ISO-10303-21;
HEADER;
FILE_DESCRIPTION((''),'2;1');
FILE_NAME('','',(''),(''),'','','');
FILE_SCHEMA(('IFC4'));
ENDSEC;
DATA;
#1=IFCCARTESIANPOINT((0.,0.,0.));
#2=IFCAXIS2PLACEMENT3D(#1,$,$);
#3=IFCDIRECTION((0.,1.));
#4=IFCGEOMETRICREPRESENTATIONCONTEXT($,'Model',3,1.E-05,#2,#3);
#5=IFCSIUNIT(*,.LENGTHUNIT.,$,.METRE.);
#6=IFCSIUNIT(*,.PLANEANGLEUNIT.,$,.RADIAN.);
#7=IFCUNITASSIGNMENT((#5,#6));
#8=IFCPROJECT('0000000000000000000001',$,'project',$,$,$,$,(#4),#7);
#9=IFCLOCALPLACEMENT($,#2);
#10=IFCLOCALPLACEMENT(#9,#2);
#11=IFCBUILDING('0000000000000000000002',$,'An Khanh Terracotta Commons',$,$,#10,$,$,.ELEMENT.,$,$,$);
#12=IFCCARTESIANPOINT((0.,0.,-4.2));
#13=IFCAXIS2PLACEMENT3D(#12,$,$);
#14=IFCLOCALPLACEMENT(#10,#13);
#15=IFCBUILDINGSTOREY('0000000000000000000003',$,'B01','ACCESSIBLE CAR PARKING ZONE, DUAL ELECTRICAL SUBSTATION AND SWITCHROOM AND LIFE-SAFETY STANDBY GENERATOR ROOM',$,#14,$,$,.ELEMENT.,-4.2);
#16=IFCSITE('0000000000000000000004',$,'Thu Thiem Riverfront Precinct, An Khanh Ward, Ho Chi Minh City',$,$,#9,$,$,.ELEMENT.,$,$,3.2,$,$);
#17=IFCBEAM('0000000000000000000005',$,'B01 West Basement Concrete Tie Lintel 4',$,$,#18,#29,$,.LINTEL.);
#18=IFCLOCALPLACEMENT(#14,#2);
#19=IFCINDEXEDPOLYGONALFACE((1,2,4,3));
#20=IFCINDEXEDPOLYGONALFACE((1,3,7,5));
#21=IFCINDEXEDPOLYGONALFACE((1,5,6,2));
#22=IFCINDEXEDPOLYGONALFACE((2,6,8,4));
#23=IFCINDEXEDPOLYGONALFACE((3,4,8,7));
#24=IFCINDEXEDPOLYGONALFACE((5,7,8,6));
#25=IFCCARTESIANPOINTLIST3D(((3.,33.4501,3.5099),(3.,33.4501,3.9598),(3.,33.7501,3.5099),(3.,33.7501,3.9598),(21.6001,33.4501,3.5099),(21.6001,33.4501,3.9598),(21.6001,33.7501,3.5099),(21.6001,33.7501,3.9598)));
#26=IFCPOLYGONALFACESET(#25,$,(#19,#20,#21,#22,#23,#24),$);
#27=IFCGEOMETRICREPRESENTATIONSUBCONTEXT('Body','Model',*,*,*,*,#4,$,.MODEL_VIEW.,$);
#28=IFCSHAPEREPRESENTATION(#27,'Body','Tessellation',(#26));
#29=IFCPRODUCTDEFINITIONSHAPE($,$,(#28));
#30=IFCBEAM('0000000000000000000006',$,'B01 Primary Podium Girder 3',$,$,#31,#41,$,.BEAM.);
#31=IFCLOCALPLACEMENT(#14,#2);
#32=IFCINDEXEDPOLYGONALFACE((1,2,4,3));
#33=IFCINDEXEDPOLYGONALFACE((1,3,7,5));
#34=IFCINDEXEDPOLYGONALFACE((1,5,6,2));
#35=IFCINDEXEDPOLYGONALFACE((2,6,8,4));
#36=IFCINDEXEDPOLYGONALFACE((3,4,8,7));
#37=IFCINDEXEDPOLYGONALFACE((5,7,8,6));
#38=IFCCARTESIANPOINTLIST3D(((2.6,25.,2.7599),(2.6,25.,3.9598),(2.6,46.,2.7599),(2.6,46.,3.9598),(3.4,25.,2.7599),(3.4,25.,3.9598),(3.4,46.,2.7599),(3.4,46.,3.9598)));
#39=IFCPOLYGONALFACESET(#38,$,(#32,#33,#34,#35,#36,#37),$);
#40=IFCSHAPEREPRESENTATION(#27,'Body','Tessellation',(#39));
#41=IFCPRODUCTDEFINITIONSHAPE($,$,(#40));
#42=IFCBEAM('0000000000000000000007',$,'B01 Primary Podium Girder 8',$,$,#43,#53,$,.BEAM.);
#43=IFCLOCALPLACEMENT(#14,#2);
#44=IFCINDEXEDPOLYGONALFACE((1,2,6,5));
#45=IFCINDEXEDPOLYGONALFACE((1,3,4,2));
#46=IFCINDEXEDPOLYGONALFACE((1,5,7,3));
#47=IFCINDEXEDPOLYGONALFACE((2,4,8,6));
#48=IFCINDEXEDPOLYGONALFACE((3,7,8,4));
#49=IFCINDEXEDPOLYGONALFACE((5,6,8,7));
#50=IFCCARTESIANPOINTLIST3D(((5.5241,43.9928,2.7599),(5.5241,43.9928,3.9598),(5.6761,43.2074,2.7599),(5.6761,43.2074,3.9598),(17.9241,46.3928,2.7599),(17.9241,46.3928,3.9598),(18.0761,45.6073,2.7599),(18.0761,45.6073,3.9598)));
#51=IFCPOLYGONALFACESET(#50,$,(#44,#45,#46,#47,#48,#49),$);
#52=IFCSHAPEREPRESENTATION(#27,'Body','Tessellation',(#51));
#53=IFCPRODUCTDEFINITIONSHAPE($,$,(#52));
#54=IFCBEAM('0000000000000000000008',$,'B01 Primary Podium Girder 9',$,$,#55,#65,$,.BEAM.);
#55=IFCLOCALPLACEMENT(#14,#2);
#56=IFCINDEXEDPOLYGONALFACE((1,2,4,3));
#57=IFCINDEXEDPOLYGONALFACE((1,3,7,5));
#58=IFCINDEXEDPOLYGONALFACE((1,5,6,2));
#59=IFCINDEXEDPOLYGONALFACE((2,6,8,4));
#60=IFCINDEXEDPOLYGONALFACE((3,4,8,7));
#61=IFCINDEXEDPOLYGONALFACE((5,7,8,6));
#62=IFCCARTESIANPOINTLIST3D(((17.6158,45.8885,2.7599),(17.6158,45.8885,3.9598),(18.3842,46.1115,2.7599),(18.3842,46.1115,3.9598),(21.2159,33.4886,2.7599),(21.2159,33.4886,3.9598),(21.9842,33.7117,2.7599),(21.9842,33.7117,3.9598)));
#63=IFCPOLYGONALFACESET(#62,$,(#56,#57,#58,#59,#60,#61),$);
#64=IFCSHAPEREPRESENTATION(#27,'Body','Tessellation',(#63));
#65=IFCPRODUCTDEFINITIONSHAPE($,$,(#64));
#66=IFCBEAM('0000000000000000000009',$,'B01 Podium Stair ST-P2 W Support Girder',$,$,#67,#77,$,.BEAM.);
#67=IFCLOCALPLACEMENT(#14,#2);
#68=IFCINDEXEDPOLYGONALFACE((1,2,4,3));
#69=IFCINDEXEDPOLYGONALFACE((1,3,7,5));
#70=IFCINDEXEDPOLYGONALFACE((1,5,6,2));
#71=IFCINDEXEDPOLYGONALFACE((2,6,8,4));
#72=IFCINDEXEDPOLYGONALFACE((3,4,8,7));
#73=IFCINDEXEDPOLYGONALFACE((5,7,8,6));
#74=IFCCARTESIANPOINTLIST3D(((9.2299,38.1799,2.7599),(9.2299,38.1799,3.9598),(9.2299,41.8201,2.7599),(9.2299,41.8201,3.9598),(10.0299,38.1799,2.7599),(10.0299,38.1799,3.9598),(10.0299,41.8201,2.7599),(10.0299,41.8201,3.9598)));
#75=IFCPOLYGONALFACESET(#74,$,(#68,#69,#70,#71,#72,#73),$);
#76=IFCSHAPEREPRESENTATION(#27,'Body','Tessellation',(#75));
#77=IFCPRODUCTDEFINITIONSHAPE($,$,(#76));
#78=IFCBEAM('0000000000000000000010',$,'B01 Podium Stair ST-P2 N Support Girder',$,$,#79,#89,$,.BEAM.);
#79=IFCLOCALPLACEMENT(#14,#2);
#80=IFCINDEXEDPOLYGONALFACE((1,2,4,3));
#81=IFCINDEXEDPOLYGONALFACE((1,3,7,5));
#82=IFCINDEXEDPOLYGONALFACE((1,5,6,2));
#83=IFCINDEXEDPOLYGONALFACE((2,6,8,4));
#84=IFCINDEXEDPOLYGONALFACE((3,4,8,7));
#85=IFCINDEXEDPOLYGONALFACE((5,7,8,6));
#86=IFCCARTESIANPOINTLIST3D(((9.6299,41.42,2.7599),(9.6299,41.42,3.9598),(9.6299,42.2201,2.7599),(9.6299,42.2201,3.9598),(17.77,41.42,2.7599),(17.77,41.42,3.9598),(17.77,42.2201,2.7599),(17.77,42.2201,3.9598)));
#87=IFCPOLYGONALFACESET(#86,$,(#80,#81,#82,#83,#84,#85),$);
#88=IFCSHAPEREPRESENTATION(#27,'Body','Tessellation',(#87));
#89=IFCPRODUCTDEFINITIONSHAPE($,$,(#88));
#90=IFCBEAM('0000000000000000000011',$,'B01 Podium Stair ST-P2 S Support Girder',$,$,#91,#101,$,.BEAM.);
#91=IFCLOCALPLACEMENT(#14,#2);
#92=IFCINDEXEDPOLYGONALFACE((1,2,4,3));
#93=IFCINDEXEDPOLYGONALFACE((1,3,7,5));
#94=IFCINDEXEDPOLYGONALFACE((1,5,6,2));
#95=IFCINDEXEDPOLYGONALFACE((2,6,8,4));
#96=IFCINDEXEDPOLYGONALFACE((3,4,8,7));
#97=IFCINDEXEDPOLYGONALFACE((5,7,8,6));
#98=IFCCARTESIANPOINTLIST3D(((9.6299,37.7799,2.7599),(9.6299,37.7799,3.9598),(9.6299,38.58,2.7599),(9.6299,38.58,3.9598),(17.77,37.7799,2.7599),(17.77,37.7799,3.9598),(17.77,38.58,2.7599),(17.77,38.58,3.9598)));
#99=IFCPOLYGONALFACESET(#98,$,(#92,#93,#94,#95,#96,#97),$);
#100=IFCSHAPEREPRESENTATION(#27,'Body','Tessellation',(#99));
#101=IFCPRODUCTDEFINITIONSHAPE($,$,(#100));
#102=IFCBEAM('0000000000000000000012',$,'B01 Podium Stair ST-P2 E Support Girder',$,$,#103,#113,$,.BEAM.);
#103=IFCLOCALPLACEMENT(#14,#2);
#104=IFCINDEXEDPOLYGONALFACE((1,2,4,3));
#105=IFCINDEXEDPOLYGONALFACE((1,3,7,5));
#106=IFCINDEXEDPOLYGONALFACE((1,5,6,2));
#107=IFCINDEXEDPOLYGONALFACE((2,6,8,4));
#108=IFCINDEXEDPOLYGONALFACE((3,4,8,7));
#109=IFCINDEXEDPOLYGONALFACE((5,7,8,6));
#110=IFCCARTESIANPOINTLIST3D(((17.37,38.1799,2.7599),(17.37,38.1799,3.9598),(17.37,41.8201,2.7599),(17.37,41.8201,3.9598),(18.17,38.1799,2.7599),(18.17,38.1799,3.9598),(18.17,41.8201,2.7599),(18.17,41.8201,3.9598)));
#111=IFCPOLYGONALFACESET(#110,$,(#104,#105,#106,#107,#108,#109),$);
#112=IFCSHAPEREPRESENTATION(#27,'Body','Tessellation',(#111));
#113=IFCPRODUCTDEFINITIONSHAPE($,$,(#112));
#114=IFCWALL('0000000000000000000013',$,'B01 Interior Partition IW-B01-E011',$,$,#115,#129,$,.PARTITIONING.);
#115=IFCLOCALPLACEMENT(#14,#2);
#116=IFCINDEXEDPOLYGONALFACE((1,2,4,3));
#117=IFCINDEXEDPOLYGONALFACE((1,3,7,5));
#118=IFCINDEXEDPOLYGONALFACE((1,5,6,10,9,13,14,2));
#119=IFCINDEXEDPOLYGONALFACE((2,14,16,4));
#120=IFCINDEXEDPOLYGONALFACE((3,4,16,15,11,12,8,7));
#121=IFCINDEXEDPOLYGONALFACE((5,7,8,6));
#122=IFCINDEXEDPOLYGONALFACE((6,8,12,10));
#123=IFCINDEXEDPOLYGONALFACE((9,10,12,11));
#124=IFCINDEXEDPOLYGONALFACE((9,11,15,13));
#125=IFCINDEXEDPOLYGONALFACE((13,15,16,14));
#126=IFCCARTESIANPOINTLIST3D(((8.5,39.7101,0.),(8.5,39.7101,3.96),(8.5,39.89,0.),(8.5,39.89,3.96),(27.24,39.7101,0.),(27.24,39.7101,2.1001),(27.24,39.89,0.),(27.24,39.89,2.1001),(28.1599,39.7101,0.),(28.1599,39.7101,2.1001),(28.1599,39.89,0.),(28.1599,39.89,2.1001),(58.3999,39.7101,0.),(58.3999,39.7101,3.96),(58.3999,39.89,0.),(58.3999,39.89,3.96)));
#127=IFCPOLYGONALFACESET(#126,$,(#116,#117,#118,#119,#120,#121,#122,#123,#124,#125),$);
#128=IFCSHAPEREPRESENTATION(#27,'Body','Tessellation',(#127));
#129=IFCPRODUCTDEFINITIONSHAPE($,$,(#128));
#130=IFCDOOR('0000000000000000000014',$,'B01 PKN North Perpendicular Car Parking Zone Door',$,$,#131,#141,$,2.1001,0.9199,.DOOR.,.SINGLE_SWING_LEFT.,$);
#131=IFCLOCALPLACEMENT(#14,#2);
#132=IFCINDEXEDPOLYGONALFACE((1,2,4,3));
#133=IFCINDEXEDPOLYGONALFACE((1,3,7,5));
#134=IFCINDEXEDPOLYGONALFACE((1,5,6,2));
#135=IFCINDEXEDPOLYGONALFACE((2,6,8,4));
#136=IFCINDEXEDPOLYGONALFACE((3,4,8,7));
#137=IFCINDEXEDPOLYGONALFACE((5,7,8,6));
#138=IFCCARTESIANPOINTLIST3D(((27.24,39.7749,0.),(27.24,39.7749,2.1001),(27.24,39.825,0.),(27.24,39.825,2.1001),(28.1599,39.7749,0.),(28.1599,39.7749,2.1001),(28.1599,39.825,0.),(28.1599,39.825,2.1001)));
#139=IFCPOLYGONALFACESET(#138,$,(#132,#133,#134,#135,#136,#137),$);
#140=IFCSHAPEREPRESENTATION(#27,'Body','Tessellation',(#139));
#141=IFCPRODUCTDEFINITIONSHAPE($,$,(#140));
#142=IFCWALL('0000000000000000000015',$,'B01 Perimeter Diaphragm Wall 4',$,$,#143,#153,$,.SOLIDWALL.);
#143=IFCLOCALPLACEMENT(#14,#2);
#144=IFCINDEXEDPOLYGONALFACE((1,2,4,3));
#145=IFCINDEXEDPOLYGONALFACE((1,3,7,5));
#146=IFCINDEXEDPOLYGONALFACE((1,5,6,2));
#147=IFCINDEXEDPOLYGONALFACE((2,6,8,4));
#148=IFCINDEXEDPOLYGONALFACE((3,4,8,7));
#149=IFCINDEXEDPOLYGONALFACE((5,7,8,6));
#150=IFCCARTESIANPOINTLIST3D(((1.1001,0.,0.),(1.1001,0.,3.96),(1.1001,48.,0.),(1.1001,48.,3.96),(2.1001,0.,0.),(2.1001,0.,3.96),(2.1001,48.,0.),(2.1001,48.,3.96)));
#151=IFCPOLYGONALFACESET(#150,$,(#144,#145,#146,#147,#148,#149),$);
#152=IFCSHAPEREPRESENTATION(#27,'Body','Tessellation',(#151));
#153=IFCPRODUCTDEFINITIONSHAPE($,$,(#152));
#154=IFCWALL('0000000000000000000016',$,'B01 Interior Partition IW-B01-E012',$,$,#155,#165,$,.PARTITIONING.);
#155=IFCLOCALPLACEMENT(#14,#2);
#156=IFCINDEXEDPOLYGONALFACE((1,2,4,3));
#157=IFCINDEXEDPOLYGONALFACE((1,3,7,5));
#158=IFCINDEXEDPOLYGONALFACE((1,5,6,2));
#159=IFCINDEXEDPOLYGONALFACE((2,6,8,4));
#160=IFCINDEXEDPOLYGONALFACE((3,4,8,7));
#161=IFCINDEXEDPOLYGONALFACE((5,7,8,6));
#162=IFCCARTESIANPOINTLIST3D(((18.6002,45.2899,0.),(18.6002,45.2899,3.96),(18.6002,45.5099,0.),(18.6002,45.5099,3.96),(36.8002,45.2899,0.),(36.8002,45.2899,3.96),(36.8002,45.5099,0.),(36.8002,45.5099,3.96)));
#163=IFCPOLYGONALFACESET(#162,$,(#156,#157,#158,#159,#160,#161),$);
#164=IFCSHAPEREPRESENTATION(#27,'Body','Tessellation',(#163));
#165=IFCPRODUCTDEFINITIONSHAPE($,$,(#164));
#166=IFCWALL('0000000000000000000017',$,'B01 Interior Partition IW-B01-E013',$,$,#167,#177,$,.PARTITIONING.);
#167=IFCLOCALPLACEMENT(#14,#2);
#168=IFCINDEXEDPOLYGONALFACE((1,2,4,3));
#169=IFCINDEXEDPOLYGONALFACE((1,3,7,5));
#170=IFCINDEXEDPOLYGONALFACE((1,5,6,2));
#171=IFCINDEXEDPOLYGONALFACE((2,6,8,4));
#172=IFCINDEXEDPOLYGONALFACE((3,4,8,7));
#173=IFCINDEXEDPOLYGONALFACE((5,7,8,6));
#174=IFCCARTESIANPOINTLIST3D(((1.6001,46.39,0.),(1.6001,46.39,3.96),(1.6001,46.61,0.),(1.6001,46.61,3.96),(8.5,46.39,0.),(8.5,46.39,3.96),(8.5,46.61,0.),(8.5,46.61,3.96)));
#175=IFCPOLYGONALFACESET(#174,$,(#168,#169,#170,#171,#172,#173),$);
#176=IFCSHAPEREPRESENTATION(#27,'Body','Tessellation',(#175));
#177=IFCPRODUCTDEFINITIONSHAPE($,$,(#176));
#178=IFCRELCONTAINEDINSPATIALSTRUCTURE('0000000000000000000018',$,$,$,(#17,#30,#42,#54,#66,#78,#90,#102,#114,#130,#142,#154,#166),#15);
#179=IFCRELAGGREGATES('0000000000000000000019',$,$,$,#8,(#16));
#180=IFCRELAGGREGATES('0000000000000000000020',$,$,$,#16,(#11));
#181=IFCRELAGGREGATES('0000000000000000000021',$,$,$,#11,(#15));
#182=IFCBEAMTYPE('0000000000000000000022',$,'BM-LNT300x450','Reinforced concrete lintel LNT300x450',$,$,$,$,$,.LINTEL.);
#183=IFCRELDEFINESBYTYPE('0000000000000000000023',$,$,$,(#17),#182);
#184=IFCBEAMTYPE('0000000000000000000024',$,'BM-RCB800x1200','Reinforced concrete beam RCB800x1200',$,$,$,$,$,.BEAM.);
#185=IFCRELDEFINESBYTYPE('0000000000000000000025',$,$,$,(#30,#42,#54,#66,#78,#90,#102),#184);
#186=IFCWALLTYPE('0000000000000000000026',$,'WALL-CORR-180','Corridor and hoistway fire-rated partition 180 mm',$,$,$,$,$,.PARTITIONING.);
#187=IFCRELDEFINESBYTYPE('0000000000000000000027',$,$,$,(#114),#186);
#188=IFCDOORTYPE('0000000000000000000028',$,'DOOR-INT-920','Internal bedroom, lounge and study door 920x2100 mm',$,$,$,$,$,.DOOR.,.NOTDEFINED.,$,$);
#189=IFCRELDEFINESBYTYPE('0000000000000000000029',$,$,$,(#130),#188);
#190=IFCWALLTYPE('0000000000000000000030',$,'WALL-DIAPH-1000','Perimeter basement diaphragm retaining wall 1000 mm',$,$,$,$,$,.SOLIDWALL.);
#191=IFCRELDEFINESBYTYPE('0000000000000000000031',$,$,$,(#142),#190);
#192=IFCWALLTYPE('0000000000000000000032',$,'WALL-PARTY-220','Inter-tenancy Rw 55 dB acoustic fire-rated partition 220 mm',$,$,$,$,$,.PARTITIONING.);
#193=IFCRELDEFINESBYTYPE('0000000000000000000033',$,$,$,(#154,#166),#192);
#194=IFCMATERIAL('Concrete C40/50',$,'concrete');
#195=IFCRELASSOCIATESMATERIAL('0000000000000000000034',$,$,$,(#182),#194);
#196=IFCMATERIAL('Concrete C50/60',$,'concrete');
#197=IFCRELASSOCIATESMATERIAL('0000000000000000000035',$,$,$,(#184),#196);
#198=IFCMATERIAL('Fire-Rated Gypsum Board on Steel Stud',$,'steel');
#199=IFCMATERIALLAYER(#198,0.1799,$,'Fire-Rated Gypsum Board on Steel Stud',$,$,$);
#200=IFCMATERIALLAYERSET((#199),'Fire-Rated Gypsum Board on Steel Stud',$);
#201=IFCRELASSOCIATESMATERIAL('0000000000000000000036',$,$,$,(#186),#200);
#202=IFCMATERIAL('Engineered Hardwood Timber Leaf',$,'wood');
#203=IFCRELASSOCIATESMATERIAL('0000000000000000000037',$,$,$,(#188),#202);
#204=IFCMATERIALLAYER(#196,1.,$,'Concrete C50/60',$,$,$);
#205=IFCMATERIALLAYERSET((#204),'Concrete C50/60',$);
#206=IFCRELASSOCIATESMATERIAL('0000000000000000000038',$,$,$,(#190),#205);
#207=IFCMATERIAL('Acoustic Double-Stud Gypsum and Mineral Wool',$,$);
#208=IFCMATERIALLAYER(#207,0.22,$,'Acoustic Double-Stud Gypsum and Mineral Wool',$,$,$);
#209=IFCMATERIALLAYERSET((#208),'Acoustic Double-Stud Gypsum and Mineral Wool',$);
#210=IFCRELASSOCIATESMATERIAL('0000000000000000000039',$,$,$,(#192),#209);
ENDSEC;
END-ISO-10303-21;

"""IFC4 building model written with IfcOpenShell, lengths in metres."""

from ifc_helpers import new_model, si_unit, direction, frame, frame_2d, origin, origin_2d, place, context, subcontext, project, spatial, rectangle, extrude, material, layer, layer_set, material_profile, profile_set, type_object, element, fill, save


model = new_model("IFC4")

# Units and contexts
model_context = context("Model", 3, precision=1e-05, world=origin(), true_north=direction((0.0, 1.0)))
body_context = subcontext(model_context, "Body", "Model", "MODEL_VIEW")
ifc_project = project(units=[si_unit("LENGTHUNIT", "METRE"), si_unit("PLANEANGLEUNIT", "RADIAN")], contexts=[model_context])

# Site, building, storey
site_placement = place(None, origin())
site = spatial("IfcSite", under=ifc_project, at=site_placement, Name="Thu Thiem Riverfront Precinct, An Khanh Ward, Ho Chi Minh City", CompositionType="ELEMENT", RefElevation=3.2)
building_placement = place(site_placement, origin())
building = spatial("IfcBuilding", under=site, at=building_placement, Name="An Khanh Terracotta Commons", CompositionType="ELEMENT")
storey_placement = place(building_placement, frame((0.0, 0.0, -4.2)))
storey = spatial("IfcBuildingStorey", under=building, at=storey_placement, Name="B01", Description="ACCESSIBLE CAR PARKING ZONE, DUAL ELECTRICAL SUBSTATION AND SWITCHROOM AND LIFE-SAFETY STANDBY GENERATOR ROOM", CompositionType="ELEMENT", Elevation=-4.2)

# Beams
ifc_material_1 = material(Name="Concrete C40/50", Category="concrete")
ifc_material_profile_1 = material_profile(ifc_material_1, rectangle(XDim=0.3, YDim=0.45, at=origin_2d()), Name="LNT300x450")
ifc_profile_set_1 = profile_set([ifc_material_profile_1], Name="Concrete C40/50")
beam_type_1 = type_object("IfcBeamType", Name="BM-LNT300x450", Description="Reinforced concrete lintel LNT300x450", PredefinedType="LINTEL", material=ifc_profile_set_1)
for number, where, z_axis, x_axis, name in (
    (1, (3.0, 33.6001, 3.7349), (1.0, 0.0, 0.0), (0.0, 1.0, 0.0), "B01 West Basement Concrete Tie Lintel 4"),
):
    element("IfcBeam", number, at=place(storey_placement, frame(where, z_axis=z_axis, x_axis=x_axis)), inside=storey, type_object=beam_type_1, Name=name, PredefinedType="LINTEL", context=body_context, shape_type="SweptSolid", body=[
        extrude(rectangle(XDim=0.3, YDim=0.45, at=origin_2d()), origin(), (0.0, 0.0, 1.0), 18.6001),
    ])
ifc_material_2 = material(Name="Concrete C50/60", Category="concrete")
ifc_material_profile_2 = material_profile(ifc_material_2, rectangle(XDim=0.8, YDim=1.2, at=origin_2d()), Name="RCB800x1200")
ifc_profile_set_2 = profile_set([ifc_material_profile_2], Name="Concrete C50/60")
beam_type_2 = type_object("IfcBeamType", Name="BM-RCB800x1200", Description="Reinforced concrete beam RCB800x1200", PredefinedType="BEAM", material=ifc_profile_set_2)
beam_1_placement = place(storey_placement, frame((3.0, 25.0, 3.3599), z_axis=(0.0, 1.0, 0.0), x_axis=(-1.0, 0.0, 0.0)))
element("IfcBeam", 2, at=beam_1_placement, inside=storey, type_object=beam_type_2, Name="B01 Primary Podium Girder 3", PredefinedType="BEAM", context=body_context, shape_type="SweptSolid", body=[
    extrude(rectangle(XDim=0.8, YDim=1.2, at=origin_2d()), origin(), (0.0, 0.0, 1.0), 21.0),
])
beam_2_placement = place(storey_placement, frame((5.6001, 43.6001, 3.3599), z_axis=(0.981781, 0.190016, 0.0), x_axis=(-0.190016, 0.981781, 0.0)))
element("IfcBeam", 3, at=beam_2_placement, inside=storey, type_object=beam_type_2, Name="B01 Primary Podium Girder 8", PredefinedType="BEAM", context=body_context, shape_type="SweptSolid", body=[
    extrude(rectangle(XDim=0.8, YDim=1.2, at=origin_2d()), origin(), (0.0, 0.0, 1.0), 12.6301),
])
beam_3_placement = place(storey_placement, frame((18.0, 46.0, 3.3599), z_axis=(0.278819, -0.960344, 0.0), x_axis=(0.960344, 0.278819, 0.0)))
element("IfcBeam", 4, at=beam_3_placement, inside=storey, type_object=beam_type_2, Name="B01 Primary Podium Girder 9", PredefinedType="BEAM", context=body_context, shape_type="SweptSolid", body=[
    extrude(rectangle(XDim=0.8, YDim=1.2, at=origin_2d()), origin(), (0.0, 0.0, 1.0), 12.9119),
])
beam_4_placement = place(storey_placement, frame((9.6299, 38.1799, 3.3599), z_axis=(0.0, 1.0, 0.0), x_axis=(-1.0, 0.0, 0.0)))
element("IfcBeam", 5, at=beam_4_placement, inside=storey, type_object=beam_type_2, Name="B01 Podium Stair ST-P2 W Support Girder", PredefinedType="BEAM", context=body_context, shape_type="SweptSolid", body=[
    extrude(rectangle(XDim=0.8, YDim=1.2, at=origin_2d()), origin(), (0.0, 0.0, 1.0), 3.6401),
])
for number, where, z_axis, x_axis, name in (
    (6, (9.6299, 41.8201, 3.3599), (1.0, 0.0, 0.0), (0.0, 1.0, 0.0), "B01 Podium Stair ST-P2 N Support Girder"),
    (7, (17.77, 38.1799, 3.3599), (-1.0, 0.0, 0.0), (0.0, -1.0, 0.0), "B01 Podium Stair ST-P2 S Support Girder"),
):
    element("IfcBeam", number, at=place(storey_placement, frame(where, z_axis=z_axis, x_axis=x_axis)), inside=storey, type_object=beam_type_2, Name=name, PredefinedType="BEAM", context=body_context, shape_type="SweptSolid", body=[
        extrude(rectangle(XDim=0.8, YDim=1.2, at=origin_2d()), origin(), (0.0, 0.0, 1.0), 8.1401),
    ])
beam_5_placement = place(storey_placement, frame((17.77, 38.1799, 3.3599), z_axis=(0.0, 1.0, 0.0), x_axis=(-1.0, 0.0, 0.0)))
element("IfcBeam", 8, at=beam_5_placement, inside=storey, type_object=beam_type_2, Name="B01 Podium Stair ST-P2 E Support Girder", PredefinedType="BEAM", context=body_context, shape_type="SweptSolid", body=[
    extrude(rectangle(XDim=0.8, YDim=1.2, at=origin_2d()), origin(), (0.0, 0.0, 1.0), 3.6401),
])

# Wall, opening, door
ifc_material_3 = material(Name="Fire-Rated Gypsum Board on Steel Stud", Category="steel")
ifc_layer_1 = layer(ifc_material_3, 0.1799, Name="Fire-Rated Gypsum Board on Steel Stud")
ifc_layer_set_1 = layer_set([ifc_layer_1], Name="Fire-Rated Gypsum Board on Steel Stud")
wall_type_1 = type_object("IfcWallType", Name="WALL-CORR-180", Description="Corridor and hoistway fire-rated partition 180 mm", PredefinedType="PARTITIONING", material=ifc_layer_set_1)
wall_1_placement = place(storey_placement, frame((8.5, 39.8, 0.0), z_axis=(0.0, 0.0, 1.0), x_axis=(1.0, 0.0, 0.0)))
wall_1 = element("IfcWall", 9, at=wall_1_placement, inside=storey, type_object=wall_type_1, Name="B01 Interior Partition IW-B01-E011", PredefinedType="PARTITIONING", context=body_context, shape_type="SweptSolid", body=[
    extrude(rectangle(XDim=49.8999, YDim=0.1799, at=frame_2d((24.95, 0.0))), origin(), (0.0, 0.0, 1.0), 3.96),
])
opening_placement = place(wall_1_placement, frame((18.74, 0.0, 0.0)))
opening = element("IfcOpeningElement", 10, at=opening_placement, cuts=wall_1, PredefinedType="OPENING", context=body_context, shape_type="SweptSolid", body=[
    extrude(rectangle(XDim=0.9199, YDim=2.1001, at=frame_2d((0.46, 1.05))), frame((0.0, 0.0999, 0.0), z_axis=(0.0, -1.0, 0.0), x_axis=(1.0, 0.0, 0.0)), (0.0, 0.0, 1.0), 0.2),
])
ifc_material_4 = material(Name="Engineered Hardwood Timber Leaf", Category="wood")
door_type = type_object("IfcDoorType", Name="DOOR-INT-920", Description="Internal bedroom, lounge and study door 920x2100 mm", OperationType="NOTDEFINED", PredefinedType="DOOR", material=ifc_material_4)
door_placement = place(opening_placement, origin())
door = element("IfcDoor", 11, at=door_placement, inside=storey, type_object=door_type, Name="B01 PKN North Perpendicular Car Parking Zone Door", OperationType="SINGLE_SWING_LEFT", OverallHeight=2.1001, OverallWidth=0.9199, PredefinedType="DOOR", context=body_context, shape_type="SweptSolid", body=[
    extrude(rectangle(XDim=0.9199, YDim=2.1001, at=frame_2d((0.46, 1.05))), frame((0.0, 0.0249, 0.0), z_axis=(0.0, -1.0, 0.0), x_axis=(1.0, 0.0, 0.0)), (0.0, 0.0, 1.0), 0.05),
])
fill(opening, door)

# Walls
ifc_layer_2 = layer(ifc_material_2, 1.0, Name="Concrete C50/60")
ifc_layer_set_2 = layer_set([ifc_layer_2], Name="Concrete C50/60")
wall_type_2 = type_object("IfcWallType", Name="WALL-DIAPH-1000", Description="Perimeter basement diaphragm retaining wall 1000 mm", PredefinedType="SOLIDWALL", material=ifc_layer_set_2)
wall_2_placement = place(storey_placement, frame((1.6001, 48.0, 0.0), z_axis=(0.0, 0.0, 1.0), x_axis=(0.0, -1.0, 0.0)))
element("IfcWall", 12, at=wall_2_placement, inside=storey, type_object=wall_type_2, Name="B01 Perimeter Diaphragm Wall 4", PredefinedType="SOLIDWALL", context=body_context, shape_type="SweptSolid", body=[
    extrude(rectangle(XDim=48.0, YDim=1.0, at=frame_2d((24.0, 0.0))), origin(), (0.0, 0.0, 1.0), 3.96),
])
ifc_material_5 = material(Name="Acoustic Double-Stud Gypsum and Mineral Wool")
ifc_layer_3 = layer(ifc_material_5, 0.22, Name="Acoustic Double-Stud Gypsum and Mineral Wool")
ifc_layer_set_3 = layer_set([ifc_layer_3], Name="Acoustic Double-Stud Gypsum and Mineral Wool")
wall_type_3 = type_object("IfcWallType", Name="WALL-PARTY-220", Description="Inter-tenancy Rw 55 dB acoustic fire-rated partition 220 mm", PredefinedType="PARTITIONING", material=ifc_layer_set_3)
wall_3_placement = place(storey_placement, frame((18.6001, 45.3999, 0.0), z_axis=(0.0, 0.0, 1.0), x_axis=(1.0, 0.0, 0.0)))
element("IfcWall", 13, at=wall_3_placement, inside=storey, type_object=wall_type_3, Name="B01 Interior Partition IW-B01-E012", PredefinedType="PARTITIONING", context=body_context, shape_type="SweptSolid", body=[
    extrude(rectangle(XDim=18.2, YDim=0.22, at=frame_2d((9.1001, 0.0))), origin(), (0.0, 0.0, 1.0), 3.96),
])
wall_4_placement = place(storey_placement, frame((1.6001, 46.5, 0.0), z_axis=(0.0, 0.0, 1.0), x_axis=(1.0, 0.0, 0.0)))
element("IfcWall", 14, at=wall_4_placement, inside=storey, type_object=wall_type_3, Name="B01 Interior Partition IW-B01-E013", PredefinedType="PARTITIONING", context=body_context, shape_type="SweptSolid", body=[
    extrude(rectangle(XDim=6.8999, YDim=0.22, at=frame_2d((3.45, 0.0))), origin(), (0.0, 0.0, 1.0), 3.96),
])

save(model, "model.ifc")
